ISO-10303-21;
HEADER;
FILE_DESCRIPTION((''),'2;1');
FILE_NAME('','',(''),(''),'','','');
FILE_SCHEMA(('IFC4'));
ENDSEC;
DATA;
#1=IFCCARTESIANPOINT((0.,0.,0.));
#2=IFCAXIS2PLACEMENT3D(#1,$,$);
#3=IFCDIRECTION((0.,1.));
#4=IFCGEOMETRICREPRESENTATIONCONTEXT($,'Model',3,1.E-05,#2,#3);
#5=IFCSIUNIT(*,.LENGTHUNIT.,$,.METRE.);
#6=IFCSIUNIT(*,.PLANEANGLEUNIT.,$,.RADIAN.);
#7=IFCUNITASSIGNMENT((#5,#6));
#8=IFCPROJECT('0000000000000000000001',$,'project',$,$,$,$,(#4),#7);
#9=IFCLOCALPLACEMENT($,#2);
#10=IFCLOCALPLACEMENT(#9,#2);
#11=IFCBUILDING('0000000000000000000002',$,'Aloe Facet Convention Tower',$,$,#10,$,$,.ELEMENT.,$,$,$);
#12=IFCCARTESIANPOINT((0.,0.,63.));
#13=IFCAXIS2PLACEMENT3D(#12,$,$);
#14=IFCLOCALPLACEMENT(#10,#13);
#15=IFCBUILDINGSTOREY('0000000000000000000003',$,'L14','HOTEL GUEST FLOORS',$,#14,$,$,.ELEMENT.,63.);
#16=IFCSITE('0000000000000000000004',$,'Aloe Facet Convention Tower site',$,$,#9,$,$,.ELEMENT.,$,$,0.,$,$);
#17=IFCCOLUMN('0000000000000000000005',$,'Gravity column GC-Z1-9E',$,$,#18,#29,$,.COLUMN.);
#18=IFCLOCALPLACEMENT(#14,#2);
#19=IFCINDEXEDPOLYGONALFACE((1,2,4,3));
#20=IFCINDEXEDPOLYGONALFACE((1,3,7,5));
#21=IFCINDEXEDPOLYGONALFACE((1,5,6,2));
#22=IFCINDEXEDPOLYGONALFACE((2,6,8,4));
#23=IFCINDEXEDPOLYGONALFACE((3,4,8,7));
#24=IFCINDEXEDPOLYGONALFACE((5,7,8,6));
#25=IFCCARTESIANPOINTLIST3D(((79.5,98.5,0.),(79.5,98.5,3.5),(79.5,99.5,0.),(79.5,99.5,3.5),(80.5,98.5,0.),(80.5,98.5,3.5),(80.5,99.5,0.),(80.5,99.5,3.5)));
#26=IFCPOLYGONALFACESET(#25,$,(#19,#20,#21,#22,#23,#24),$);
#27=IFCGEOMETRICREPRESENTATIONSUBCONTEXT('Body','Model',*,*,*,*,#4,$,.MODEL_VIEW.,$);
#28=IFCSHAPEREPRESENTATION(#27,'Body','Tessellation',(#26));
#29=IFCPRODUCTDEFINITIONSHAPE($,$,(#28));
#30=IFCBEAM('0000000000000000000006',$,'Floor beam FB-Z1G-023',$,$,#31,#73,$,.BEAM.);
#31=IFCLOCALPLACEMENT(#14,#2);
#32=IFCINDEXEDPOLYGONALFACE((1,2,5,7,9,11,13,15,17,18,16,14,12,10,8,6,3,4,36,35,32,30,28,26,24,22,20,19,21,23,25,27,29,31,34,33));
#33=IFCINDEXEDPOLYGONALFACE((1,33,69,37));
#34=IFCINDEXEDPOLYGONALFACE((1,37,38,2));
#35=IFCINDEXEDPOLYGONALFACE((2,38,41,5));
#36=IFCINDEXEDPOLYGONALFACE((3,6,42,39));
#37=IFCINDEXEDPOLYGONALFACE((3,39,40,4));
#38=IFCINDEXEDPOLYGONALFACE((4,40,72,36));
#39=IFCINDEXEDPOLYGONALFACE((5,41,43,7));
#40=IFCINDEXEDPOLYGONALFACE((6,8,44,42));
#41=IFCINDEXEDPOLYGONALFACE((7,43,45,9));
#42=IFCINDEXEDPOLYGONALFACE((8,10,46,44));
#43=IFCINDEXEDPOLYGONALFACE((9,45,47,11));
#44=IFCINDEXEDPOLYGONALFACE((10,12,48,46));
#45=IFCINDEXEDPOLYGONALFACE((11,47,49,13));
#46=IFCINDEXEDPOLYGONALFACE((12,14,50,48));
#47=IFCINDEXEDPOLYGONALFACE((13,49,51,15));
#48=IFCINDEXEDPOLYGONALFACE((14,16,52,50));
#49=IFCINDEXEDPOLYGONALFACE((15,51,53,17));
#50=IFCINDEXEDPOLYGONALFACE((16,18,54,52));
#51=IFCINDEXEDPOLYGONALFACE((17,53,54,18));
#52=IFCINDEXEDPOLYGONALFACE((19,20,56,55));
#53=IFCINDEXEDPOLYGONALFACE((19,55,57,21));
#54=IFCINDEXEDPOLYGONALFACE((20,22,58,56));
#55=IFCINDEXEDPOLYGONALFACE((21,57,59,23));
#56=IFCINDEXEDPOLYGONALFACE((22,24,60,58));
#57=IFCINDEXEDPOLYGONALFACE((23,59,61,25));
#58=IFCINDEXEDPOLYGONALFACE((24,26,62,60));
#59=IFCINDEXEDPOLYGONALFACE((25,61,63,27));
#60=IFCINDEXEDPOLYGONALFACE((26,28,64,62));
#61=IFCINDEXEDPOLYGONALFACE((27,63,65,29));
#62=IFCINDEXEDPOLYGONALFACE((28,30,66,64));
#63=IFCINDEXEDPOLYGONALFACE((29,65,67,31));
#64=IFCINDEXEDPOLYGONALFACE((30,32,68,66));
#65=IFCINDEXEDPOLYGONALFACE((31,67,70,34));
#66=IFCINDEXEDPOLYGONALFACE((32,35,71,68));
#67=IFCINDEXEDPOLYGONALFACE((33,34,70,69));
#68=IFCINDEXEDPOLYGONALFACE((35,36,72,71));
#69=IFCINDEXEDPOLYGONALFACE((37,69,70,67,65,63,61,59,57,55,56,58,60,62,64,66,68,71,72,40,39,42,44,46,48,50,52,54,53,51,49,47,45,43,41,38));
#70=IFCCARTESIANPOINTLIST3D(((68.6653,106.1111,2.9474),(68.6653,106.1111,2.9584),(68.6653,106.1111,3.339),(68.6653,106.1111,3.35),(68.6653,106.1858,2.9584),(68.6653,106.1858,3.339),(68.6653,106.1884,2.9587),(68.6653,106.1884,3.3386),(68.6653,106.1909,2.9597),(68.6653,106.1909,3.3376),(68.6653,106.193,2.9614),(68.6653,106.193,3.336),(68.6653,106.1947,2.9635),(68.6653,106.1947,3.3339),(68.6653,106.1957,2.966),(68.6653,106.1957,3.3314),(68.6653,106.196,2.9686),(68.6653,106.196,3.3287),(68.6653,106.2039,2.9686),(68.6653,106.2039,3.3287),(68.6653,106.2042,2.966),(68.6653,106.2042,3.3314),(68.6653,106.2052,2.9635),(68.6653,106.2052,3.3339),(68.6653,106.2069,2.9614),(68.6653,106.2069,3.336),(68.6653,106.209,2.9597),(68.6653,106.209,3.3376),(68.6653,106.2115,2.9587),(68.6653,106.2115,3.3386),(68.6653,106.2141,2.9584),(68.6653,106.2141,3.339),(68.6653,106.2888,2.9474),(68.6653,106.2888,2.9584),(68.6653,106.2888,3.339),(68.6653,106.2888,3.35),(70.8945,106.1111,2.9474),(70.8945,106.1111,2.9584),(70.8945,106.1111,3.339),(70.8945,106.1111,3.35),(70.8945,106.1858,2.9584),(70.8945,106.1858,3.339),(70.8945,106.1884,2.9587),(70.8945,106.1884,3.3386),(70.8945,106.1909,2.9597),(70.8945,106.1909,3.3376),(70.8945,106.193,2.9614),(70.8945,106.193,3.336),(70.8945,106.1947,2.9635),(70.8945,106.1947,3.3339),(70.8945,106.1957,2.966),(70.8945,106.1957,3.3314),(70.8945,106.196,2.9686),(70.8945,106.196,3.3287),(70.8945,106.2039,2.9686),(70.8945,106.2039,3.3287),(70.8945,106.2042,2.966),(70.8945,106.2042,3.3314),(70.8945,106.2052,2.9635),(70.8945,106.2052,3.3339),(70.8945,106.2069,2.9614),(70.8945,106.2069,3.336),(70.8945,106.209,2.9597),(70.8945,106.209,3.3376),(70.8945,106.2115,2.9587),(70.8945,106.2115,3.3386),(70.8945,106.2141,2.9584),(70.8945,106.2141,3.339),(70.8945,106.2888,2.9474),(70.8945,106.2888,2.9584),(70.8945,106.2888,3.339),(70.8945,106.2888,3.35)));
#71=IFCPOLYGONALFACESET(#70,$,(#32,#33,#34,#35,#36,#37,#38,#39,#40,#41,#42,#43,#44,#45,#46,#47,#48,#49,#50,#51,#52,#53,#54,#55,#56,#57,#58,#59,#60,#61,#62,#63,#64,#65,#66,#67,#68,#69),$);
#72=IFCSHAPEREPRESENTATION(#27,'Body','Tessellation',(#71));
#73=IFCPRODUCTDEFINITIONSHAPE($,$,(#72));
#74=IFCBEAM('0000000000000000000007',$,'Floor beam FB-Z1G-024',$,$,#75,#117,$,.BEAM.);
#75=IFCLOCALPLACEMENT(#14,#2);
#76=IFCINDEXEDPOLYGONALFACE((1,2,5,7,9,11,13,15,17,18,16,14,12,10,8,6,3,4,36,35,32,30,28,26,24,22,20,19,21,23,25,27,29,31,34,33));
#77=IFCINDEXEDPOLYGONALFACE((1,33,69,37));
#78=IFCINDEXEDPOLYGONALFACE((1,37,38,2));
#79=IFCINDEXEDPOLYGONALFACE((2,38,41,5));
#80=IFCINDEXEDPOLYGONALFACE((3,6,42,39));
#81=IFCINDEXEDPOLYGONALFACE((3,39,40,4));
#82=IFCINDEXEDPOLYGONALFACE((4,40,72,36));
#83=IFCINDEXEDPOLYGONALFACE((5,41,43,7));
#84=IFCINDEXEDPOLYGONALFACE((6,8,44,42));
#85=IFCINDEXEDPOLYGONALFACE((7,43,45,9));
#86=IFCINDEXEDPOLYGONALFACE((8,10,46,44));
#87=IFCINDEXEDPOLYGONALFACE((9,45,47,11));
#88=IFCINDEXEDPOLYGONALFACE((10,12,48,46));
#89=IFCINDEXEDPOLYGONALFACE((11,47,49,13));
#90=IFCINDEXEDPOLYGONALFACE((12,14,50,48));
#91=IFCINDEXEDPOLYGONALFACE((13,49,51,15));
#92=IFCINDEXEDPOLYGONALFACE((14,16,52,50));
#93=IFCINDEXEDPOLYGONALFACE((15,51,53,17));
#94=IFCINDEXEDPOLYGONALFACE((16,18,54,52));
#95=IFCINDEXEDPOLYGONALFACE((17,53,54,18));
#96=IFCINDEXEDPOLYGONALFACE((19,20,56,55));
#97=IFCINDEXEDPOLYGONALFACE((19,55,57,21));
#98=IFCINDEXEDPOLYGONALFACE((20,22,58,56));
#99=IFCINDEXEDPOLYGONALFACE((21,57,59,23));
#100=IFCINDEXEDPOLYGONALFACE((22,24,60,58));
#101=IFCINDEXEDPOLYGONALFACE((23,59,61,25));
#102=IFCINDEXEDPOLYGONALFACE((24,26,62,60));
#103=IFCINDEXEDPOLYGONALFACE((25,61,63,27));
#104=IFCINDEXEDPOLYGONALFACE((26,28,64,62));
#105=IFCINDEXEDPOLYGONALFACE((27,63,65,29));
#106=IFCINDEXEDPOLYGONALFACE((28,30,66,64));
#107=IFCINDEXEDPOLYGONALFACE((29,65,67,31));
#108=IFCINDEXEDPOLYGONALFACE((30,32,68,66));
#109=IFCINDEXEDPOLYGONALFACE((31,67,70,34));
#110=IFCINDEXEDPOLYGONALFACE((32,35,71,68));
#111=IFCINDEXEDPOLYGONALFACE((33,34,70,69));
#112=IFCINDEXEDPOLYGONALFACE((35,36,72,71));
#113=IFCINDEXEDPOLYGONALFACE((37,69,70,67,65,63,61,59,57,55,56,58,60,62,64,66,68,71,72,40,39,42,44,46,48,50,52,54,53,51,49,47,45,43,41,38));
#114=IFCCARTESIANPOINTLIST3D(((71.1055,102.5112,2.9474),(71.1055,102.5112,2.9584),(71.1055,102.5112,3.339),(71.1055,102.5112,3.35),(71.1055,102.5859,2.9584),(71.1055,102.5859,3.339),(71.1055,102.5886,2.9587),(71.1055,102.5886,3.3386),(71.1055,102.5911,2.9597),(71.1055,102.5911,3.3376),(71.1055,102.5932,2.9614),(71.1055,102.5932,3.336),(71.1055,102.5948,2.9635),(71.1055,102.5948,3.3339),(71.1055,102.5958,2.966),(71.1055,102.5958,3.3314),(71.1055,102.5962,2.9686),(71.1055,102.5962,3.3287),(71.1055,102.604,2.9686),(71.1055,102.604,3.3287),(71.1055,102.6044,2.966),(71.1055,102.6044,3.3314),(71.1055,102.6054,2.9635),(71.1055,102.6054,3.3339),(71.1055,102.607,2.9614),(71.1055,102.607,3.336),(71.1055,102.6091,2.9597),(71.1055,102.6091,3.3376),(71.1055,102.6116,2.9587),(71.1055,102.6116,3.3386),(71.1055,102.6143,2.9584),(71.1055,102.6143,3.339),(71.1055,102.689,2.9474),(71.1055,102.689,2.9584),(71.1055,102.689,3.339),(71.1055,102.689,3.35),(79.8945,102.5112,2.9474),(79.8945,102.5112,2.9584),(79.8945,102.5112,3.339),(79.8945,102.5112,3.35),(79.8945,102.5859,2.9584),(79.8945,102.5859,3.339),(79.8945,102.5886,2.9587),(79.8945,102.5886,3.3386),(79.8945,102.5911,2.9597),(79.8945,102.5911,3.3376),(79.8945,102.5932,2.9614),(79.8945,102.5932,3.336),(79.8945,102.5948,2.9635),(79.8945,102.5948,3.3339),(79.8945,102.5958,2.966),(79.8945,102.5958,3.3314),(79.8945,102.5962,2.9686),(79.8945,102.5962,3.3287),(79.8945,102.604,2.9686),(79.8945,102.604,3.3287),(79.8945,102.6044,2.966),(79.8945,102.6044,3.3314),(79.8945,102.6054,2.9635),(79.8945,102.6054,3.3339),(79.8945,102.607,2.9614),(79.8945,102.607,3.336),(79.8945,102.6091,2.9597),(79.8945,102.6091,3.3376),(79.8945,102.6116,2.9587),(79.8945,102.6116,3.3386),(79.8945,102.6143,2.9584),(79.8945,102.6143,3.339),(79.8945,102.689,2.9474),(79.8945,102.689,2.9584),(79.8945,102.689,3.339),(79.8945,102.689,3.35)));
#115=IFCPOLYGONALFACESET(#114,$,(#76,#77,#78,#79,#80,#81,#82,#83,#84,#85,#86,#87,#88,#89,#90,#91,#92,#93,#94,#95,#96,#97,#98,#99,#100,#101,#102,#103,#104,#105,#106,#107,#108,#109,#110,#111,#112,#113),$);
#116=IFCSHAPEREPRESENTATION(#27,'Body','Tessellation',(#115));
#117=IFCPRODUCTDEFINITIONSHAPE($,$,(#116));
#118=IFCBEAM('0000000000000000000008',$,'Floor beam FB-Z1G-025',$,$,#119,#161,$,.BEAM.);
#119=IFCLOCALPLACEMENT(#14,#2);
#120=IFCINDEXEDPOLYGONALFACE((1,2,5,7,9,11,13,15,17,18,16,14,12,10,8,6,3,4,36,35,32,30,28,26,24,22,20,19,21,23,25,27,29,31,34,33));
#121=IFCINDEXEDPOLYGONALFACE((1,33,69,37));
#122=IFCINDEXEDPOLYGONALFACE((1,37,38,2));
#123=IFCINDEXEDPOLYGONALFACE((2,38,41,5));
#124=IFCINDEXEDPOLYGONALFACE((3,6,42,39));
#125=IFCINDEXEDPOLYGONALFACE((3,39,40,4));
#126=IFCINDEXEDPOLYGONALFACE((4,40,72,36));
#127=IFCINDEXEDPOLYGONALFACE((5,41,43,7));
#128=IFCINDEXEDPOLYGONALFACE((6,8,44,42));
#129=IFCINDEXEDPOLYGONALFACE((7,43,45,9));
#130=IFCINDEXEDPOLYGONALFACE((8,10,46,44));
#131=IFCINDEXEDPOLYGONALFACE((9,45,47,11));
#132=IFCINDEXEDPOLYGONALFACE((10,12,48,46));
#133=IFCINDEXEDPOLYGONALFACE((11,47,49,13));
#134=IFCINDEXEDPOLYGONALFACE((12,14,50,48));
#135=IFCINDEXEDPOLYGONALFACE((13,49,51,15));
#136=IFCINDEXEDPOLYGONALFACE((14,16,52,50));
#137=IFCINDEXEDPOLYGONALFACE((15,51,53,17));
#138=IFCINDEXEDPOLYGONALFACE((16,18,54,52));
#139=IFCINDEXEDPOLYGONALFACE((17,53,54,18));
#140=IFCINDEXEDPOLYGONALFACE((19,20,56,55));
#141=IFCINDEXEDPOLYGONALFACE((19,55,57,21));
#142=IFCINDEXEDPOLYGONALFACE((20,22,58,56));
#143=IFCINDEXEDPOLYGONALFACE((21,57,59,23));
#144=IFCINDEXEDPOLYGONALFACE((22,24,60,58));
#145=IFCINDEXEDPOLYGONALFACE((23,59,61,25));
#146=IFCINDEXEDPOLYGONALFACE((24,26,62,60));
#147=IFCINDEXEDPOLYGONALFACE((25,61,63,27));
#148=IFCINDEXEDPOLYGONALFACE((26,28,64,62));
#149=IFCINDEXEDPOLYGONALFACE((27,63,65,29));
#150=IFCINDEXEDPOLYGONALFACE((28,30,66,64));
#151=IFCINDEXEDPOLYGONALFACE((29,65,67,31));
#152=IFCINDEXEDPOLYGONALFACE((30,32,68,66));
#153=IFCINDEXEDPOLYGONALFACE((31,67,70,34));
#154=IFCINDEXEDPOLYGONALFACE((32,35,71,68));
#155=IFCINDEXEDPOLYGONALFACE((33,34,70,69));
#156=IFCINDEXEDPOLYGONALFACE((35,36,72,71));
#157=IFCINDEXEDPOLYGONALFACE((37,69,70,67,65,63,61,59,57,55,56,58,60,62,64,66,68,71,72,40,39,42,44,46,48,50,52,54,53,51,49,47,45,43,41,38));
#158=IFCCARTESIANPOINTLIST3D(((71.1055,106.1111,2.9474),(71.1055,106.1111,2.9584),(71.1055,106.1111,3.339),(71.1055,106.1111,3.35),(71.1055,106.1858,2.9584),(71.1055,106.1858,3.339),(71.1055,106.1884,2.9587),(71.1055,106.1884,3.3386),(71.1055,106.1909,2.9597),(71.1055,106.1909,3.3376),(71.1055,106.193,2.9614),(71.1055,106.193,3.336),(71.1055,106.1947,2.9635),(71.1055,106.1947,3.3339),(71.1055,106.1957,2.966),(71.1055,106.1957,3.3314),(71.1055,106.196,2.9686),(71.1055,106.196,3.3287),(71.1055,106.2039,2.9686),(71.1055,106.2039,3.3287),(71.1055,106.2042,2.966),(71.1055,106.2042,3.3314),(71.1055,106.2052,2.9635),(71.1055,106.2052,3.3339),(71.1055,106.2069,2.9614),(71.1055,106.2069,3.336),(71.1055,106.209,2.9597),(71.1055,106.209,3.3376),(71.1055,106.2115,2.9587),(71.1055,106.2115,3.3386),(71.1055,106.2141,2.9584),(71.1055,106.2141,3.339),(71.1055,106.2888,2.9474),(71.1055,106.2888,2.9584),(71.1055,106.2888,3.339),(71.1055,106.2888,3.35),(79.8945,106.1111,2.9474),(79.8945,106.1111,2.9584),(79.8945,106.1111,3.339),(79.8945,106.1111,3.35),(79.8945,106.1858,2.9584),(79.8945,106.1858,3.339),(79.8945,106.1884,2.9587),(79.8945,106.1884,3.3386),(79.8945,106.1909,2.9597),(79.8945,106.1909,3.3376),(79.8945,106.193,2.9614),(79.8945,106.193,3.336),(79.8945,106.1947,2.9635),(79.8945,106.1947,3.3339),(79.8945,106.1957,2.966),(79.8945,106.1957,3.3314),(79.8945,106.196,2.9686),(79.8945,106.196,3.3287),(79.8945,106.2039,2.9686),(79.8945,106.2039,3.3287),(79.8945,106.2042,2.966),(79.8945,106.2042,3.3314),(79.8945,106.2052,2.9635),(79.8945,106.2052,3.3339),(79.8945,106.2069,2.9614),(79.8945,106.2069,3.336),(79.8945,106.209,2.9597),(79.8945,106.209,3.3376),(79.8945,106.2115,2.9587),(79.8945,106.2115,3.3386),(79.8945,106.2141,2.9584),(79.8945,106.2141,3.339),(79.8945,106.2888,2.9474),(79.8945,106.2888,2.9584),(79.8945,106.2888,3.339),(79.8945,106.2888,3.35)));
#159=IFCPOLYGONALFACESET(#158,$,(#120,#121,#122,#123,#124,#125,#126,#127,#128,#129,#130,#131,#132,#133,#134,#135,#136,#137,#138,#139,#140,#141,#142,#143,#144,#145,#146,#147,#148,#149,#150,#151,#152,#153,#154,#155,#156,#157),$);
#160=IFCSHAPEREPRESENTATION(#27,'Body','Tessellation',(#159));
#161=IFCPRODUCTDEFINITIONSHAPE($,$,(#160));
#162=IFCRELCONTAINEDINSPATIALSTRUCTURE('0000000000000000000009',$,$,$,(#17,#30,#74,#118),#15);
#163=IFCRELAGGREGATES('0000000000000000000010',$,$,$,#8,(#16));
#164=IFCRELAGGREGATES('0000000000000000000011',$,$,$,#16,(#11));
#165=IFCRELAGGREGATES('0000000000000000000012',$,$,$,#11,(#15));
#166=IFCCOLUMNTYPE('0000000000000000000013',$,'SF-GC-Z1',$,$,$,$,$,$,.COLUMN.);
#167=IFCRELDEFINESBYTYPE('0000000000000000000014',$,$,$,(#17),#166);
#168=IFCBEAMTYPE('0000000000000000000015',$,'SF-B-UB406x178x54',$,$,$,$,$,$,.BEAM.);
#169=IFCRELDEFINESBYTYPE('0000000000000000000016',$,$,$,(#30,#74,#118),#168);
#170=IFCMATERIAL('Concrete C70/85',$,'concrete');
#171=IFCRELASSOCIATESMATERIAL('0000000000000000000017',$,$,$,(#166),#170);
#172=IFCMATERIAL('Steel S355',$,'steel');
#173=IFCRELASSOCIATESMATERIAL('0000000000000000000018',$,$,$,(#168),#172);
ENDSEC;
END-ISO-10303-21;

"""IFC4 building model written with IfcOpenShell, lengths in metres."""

from ifc_helpers import new_model, si_unit, direction, frame, origin, origin_2d, place, context, subcontext, project, spatial, rectangle, i_section, extrude, material, material_profile, profile_set, type_object, element, save


model = new_model("IFC4")

# Units and contexts
model_context = context("Model", 3, precision=1e-05, world=origin(), true_north=direction((0.0, 1.0)))
body_context = subcontext(model_context, "Body", "Model", "MODEL_VIEW")
ifc_project = project(units=[si_unit("LENGTHUNIT", "METRE"), si_unit("PLANEANGLEUNIT", "RADIAN")], contexts=[model_context])

# Site, building, storey
site_placement = place(None, origin())
site = spatial("IfcSite", under=ifc_project, at=site_placement, Name="Aloe Facet Convention Tower site", CompositionType="ELEMENT", RefElevation=0.0)
building_placement = place(site_placement, origin())
building = spatial("IfcBuilding", under=site, at=building_placement, Name="Aloe Facet Convention Tower", CompositionType="ELEMENT")
storey_placement = place(building_placement, frame((0.0, 0.0, 63.0)))
storey = spatial("IfcBuildingStorey", under=building, at=storey_placement, Name="L14", Description="HOTEL GUEST FLOORS", CompositionType="ELEMENT", Elevation=63.0)

# Column
ifc_material_1 = material(Name="Concrete C70/85", Category="concrete")
ifc_material_profile_1 = material_profile(ifc_material_1, rectangle(XDim=1.0, YDim=1.0, at=origin_2d()), Name="SF-GC-Z1")
ifc_profile_set_1 = profile_set([ifc_material_profile_1], Name="Concrete C70/85")
column_type = type_object("IfcColumnType", Name="SF-GC-Z1", PredefinedType="COLUMN", material=ifc_profile_set_1)
column_placement = place(storey_placement, frame((80.0, 99.0, 0.0), z_axis=(0.0, 0.0, 1.0), x_axis=(1.0, 0.0, 0.0)))
element("IfcColumn", 1, at=column_placement, inside=storey, type_object=column_type, Name="Gravity column GC-Z1-9E", PredefinedType="COLUMN", context=body_context, shape_type="SweptSolid", body=[
    extrude(rectangle(XDim=1.0, YDim=1.0, at=origin_2d()), origin(), (0.0, 0.0, 1.0), 3.5),
])

# Beams
ifc_material_2 = material(Name="Steel S355", Category="steel")
ifc_material_profile_2 = material_profile(ifc_material_2, i_section(OverallWidth=0.1777, OverallDepth=0.4026, WebThickness=0.0078, FlangeThickness=0.011, FilletRadius=0.0103, at=origin_2d()), Name="UB 406x178x54")
ifc_profile_set_2 = profile_set([ifc_material_profile_2], Name="Steel S355")
beam_type_1 = type_object("IfcBeamType", Name="SF-B-UB406x178x54", PredefinedType="BEAM", material=ifc_profile_set_2)
beam_1_placement = place(storey_placement, frame((68.6653, 106.2, 3.1487), z_axis=(1.0, 0.0, 0.0), x_axis=(0.0, 1.0, 0.0)))
element("IfcBeam", 2, at=beam_1_placement, inside=storey, type_object=beam_type_1, Name="Floor beam FB-Z1G-023", PredefinedType="BEAM", context=body_context, shape_type="SweptSolid", body=[
    extrude(i_section(OverallWidth=0.1777, OverallDepth=0.4026, WebThickness=0.0078, FlangeThickness=0.011, FilletRadius=0.0103, at=origin_2d()), origin(), (0.0, 0.0, 1.0), 2.2292),
])
for number, where, z_axis, x_axis, name in (
    (3, (71.1055, 102.6001, 3.1487), (1.0, 0.0, 0.0), (0.0, 1.0, 0.0), "Floor beam FB-Z1G-024"),
    (4, (71.1055, 106.2, 3.1487), (1.0, 0.0, 0.0), (0.0, 1.0, 0.0), "Floor beam FB-Z1G-025"),
):
    element("IfcBeam", number, at=place(storey_placement, frame(where, z_axis=z_axis, x_axis=x_axis)), inside=storey, type_object=beam_type_1, Name=name, PredefinedType="BEAM", context=body_context, shape_type="SweptSolid", body=[
        extrude(i_section(OverallWidth=0.1777, OverallDepth=0.4026, WebThickness=0.0078, FlangeThickness=0.011, FilletRadius=0.0103, at=origin_2d()), origin(), (0.0, 0.0, 1.0), 8.7891),
    ])

save(model, "model.ifc")
